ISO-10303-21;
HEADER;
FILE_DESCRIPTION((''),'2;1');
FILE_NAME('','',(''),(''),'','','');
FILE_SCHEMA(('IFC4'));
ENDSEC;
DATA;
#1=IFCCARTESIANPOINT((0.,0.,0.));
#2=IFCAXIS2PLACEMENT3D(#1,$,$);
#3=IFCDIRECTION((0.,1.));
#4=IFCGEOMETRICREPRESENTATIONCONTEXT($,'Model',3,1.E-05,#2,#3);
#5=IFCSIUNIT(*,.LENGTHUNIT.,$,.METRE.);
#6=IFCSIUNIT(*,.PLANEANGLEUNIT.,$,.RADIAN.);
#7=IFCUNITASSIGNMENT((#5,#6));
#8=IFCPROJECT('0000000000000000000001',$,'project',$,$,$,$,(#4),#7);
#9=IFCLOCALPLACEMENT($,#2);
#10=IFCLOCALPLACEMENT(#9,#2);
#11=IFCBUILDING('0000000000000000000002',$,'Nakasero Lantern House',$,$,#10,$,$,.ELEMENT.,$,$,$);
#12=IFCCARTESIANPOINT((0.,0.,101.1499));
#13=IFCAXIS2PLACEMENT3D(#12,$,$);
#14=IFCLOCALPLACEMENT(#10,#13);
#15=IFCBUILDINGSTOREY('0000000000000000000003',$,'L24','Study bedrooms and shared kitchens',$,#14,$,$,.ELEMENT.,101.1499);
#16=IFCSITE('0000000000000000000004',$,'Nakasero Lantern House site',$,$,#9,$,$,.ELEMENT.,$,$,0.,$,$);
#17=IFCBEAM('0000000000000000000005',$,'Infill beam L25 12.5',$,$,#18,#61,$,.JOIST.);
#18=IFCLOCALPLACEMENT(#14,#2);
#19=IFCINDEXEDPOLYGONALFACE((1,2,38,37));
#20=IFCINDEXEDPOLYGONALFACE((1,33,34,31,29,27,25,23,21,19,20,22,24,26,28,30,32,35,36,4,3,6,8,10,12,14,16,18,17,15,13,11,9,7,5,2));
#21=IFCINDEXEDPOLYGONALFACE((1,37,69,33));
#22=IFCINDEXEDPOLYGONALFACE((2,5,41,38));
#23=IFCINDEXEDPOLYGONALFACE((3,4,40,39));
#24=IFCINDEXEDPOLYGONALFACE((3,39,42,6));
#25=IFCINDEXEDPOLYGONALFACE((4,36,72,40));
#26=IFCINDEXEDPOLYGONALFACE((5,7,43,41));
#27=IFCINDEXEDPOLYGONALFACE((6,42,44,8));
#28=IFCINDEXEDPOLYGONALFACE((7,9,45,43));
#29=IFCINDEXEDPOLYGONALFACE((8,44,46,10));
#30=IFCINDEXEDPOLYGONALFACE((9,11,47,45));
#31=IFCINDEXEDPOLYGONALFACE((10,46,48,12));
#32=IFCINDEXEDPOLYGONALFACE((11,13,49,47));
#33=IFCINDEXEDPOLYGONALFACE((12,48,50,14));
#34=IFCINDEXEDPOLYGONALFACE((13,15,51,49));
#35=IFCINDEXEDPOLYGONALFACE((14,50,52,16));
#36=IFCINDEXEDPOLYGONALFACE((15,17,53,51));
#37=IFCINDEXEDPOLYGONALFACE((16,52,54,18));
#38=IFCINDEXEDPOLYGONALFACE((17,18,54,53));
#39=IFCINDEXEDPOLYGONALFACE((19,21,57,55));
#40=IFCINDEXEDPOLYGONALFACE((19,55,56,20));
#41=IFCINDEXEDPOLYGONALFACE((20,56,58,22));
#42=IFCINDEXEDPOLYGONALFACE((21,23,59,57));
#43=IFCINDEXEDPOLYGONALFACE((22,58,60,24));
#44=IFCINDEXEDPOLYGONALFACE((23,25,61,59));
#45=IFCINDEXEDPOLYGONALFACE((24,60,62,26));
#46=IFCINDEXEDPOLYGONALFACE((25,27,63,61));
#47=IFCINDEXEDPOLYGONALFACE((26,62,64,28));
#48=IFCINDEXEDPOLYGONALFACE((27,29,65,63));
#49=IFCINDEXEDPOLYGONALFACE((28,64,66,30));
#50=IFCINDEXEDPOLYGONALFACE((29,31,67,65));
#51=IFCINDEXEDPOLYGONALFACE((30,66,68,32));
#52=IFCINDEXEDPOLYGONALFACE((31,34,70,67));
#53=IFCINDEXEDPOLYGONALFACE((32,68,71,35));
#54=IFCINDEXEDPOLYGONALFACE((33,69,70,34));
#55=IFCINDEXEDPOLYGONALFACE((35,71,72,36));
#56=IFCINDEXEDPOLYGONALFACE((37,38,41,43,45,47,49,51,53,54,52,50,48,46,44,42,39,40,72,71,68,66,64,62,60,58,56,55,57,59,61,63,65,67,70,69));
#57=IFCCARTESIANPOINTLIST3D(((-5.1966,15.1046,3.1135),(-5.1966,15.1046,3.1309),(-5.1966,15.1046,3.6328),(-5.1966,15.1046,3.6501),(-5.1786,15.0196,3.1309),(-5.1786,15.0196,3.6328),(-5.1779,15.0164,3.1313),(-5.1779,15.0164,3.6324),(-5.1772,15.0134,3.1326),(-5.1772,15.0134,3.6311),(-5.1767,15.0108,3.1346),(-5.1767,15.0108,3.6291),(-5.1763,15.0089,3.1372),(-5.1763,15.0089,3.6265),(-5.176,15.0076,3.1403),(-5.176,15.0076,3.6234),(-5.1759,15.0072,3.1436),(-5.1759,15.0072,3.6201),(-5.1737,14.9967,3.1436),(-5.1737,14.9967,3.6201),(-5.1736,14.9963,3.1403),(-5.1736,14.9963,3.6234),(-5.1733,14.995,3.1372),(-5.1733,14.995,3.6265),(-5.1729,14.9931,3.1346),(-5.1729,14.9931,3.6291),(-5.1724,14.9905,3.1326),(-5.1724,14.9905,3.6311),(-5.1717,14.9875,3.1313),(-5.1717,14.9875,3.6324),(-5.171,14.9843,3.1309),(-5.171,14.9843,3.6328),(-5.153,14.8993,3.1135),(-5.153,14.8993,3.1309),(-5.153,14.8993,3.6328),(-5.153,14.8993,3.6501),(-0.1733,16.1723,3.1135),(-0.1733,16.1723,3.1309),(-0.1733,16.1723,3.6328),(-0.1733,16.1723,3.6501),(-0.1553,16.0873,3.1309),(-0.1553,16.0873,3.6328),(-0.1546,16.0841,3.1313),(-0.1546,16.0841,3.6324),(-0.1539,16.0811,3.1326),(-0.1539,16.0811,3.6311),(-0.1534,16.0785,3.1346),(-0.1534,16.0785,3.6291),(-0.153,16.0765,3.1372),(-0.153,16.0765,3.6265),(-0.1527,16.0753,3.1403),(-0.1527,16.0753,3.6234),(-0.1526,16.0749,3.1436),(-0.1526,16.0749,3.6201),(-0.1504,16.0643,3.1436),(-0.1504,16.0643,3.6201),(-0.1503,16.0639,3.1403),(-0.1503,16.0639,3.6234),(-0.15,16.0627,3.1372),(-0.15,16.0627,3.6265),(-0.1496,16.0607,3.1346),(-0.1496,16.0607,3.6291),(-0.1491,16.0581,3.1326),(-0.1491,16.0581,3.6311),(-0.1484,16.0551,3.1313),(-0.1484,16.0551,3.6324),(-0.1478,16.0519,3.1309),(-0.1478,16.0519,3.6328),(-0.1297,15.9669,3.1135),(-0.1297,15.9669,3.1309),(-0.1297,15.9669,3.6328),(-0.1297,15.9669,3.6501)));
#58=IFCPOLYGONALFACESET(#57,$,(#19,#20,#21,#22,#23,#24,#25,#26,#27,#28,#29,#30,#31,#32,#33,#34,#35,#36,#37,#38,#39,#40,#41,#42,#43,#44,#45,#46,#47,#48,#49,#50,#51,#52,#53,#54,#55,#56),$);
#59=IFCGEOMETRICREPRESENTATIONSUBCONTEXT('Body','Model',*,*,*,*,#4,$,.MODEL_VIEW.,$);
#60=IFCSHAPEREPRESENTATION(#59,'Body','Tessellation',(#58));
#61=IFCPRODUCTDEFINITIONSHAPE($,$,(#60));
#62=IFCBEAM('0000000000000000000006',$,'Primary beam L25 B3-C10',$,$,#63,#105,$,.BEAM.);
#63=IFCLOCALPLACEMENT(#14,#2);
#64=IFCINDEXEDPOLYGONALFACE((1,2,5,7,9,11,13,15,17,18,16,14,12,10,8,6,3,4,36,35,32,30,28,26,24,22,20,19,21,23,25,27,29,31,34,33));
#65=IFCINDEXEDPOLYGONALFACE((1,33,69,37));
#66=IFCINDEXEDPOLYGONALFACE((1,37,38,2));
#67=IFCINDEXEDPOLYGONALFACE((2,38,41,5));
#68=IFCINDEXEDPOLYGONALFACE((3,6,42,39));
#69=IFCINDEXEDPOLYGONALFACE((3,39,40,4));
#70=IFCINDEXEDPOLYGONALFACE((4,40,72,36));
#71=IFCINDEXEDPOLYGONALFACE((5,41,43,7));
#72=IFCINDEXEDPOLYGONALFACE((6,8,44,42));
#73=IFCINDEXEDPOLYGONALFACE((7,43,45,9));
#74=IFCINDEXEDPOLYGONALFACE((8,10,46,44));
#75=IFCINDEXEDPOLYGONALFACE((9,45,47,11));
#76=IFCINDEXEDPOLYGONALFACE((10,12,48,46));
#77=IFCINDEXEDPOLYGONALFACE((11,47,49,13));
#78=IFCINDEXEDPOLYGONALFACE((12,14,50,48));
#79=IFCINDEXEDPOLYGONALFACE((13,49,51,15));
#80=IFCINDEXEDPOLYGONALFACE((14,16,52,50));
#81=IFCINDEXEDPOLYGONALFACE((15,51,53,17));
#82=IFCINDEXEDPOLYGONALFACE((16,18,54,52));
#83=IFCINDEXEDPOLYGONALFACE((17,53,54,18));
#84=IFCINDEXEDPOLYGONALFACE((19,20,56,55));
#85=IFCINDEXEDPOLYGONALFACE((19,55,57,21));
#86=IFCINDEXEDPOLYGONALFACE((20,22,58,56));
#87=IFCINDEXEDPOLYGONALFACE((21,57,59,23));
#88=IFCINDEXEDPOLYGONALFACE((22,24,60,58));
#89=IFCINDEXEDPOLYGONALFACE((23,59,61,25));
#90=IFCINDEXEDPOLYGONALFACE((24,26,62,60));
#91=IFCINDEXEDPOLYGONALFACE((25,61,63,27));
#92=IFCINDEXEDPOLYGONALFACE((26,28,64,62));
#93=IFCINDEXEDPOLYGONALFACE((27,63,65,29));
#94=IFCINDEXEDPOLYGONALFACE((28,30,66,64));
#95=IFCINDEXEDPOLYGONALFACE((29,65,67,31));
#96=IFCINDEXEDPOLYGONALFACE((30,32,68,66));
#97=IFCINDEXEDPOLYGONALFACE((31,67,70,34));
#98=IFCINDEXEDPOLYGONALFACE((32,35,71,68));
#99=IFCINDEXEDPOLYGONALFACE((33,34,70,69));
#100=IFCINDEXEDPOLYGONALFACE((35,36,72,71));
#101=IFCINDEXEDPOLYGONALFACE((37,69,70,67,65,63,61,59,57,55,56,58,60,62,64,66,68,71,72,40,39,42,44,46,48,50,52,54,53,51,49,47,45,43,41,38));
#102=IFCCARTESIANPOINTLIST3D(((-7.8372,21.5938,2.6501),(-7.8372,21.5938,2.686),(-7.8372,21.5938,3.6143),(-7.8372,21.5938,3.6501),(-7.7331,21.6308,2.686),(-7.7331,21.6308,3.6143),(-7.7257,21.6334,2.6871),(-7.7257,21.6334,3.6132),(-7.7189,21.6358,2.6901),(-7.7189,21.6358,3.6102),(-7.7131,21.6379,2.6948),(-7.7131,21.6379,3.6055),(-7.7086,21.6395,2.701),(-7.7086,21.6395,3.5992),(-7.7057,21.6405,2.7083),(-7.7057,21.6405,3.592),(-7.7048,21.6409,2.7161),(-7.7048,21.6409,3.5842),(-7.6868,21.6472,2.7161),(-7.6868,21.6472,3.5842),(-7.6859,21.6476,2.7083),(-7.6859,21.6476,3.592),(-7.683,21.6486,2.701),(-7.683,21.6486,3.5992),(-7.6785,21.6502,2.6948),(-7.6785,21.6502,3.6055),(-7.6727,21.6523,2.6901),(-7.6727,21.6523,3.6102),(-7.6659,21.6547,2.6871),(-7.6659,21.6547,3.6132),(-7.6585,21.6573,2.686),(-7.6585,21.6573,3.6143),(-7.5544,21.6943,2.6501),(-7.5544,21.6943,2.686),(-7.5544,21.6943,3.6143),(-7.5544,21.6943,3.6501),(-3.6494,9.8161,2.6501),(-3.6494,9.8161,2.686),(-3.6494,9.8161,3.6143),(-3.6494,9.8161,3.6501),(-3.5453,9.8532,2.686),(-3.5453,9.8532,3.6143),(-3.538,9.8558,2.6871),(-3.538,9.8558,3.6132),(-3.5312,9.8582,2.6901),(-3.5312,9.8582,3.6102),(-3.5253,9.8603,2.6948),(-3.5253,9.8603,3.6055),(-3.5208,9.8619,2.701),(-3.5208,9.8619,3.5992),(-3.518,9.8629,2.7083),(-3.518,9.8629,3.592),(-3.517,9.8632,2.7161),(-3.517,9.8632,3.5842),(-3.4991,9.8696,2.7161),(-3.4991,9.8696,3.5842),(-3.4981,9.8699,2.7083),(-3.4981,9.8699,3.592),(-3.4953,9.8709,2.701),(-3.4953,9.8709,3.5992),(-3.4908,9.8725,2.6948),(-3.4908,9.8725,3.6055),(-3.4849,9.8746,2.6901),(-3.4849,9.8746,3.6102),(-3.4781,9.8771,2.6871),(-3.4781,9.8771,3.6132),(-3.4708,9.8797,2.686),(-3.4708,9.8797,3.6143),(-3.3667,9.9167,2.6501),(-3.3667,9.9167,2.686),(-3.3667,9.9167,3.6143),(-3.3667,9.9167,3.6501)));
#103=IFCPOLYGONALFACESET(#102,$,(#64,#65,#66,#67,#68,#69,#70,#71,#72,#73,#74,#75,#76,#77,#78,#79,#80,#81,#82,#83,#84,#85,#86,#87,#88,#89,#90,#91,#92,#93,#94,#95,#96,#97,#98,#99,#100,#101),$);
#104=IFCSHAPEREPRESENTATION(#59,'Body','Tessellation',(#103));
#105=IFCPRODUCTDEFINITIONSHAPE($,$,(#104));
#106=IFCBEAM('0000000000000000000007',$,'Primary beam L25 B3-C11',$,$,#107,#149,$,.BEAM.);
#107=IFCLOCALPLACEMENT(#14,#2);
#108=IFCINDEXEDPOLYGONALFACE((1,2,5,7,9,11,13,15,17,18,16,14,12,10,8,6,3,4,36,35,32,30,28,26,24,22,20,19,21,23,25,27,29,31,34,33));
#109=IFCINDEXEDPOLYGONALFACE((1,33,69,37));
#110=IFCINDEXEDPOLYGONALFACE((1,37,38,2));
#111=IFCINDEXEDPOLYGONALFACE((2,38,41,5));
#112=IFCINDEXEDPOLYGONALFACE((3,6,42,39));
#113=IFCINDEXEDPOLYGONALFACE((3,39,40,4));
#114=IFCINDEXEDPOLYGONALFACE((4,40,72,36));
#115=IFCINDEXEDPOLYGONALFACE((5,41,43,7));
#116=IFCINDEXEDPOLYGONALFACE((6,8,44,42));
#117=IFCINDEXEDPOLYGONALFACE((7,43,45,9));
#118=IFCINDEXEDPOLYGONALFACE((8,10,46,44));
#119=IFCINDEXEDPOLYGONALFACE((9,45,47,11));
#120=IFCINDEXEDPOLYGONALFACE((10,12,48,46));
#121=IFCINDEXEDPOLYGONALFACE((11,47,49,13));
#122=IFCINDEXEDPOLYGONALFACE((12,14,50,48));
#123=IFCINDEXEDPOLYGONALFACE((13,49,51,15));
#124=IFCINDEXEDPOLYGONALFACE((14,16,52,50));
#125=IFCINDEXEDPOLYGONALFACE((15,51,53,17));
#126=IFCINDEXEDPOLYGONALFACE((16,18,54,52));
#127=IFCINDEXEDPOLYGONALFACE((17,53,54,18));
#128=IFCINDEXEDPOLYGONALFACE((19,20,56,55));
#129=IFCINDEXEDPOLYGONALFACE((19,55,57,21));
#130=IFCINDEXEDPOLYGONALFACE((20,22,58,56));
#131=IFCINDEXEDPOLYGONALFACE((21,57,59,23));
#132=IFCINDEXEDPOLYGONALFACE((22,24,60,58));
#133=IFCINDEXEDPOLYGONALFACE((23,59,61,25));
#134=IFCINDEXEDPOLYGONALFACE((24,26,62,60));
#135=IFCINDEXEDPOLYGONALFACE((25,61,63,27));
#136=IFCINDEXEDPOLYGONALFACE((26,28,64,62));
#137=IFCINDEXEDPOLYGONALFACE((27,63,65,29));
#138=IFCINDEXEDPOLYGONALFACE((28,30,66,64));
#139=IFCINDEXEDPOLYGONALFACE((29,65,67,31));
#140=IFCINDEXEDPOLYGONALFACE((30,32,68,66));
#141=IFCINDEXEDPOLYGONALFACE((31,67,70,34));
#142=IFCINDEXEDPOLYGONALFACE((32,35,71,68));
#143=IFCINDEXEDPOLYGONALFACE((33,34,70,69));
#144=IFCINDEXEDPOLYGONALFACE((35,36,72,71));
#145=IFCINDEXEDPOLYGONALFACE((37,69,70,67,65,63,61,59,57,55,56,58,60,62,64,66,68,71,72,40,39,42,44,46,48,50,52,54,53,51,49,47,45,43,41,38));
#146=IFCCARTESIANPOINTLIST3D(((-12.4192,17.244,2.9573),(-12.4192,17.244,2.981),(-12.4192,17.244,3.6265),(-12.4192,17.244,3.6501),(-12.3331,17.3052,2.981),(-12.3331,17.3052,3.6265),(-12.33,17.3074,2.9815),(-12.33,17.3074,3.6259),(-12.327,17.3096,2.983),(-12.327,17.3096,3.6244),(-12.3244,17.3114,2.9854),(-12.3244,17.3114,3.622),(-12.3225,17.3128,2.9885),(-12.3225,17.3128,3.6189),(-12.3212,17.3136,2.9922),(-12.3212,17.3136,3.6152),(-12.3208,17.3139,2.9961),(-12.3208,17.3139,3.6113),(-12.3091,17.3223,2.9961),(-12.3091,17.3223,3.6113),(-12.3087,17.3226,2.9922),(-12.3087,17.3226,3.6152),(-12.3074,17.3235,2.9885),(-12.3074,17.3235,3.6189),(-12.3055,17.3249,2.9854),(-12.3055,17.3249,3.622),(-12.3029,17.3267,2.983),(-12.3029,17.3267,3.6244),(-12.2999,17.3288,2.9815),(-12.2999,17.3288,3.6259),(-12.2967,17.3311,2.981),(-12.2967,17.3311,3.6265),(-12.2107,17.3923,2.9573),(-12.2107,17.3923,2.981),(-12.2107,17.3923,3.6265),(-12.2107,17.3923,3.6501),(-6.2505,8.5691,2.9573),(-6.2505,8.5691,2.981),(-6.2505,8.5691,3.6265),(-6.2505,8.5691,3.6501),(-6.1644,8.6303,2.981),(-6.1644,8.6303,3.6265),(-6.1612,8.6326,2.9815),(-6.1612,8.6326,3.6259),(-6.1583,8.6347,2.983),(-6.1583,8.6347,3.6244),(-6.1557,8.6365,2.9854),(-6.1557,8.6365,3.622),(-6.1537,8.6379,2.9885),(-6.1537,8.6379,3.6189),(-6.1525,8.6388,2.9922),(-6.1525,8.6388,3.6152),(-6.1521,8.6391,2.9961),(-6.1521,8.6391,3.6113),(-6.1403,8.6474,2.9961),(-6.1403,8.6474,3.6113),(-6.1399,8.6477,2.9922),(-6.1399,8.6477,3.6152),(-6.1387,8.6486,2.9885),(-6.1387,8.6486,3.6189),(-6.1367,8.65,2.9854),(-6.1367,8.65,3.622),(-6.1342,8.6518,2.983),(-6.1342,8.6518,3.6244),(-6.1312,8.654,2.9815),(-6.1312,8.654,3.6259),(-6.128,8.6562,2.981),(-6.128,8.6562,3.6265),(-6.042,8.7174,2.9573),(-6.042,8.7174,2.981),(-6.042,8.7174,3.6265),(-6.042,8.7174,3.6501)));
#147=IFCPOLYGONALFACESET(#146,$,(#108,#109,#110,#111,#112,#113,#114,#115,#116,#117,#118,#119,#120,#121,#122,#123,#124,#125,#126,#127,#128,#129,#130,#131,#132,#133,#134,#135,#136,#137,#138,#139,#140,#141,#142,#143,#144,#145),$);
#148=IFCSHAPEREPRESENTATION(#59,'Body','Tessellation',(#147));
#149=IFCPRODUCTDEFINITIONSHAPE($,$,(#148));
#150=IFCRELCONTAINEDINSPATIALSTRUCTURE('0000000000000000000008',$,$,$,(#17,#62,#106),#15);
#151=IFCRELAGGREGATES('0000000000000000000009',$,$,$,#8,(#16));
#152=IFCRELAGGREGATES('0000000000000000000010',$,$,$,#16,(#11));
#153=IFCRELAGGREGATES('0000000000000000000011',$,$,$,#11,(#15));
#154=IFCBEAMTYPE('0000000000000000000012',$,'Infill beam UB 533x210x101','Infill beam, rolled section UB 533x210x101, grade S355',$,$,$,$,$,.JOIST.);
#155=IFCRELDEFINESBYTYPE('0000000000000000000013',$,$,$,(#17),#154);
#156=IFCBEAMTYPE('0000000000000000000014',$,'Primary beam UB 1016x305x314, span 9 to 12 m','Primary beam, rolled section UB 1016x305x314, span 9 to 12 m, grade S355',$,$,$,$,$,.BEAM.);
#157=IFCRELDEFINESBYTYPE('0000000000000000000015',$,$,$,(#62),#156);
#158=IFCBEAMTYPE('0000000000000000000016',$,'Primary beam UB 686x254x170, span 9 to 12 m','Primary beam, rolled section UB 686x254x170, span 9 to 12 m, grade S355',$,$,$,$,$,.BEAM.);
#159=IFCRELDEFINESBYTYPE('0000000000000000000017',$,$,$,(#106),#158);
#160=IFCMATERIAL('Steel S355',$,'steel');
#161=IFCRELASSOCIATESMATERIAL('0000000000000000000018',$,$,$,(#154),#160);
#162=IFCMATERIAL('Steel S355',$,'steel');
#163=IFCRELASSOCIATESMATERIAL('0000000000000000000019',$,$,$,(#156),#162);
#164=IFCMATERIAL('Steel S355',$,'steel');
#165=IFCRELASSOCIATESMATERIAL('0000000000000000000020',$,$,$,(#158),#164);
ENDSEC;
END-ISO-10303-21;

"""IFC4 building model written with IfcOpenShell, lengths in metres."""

from ifc_helpers import new_model, si_unit, direction, frame, origin, origin_2d, place, context, subcontext, project, spatial, i_section, extrude, material, material_profile, profile_set, type_object, element, save


model = new_model("IFC4")

# Units and contexts
model_context = context("Model", 3, precision=1e-05, world=origin(), true_north=direction((0.0, 1.0)))
body_context = subcontext(model_context, "Body", "Model", "MODEL_VIEW")
ifc_project = project(units=[si_unit("LENGTHUNIT", "METRE"), si_unit("PLANEANGLEUNIT", "RADIAN")], contexts=[model_context])

# Site, building, storey
site_placement = place(None, origin())
site = spatial("IfcSite", under=ifc_project, at=site_placement, Name="Nakasero Lantern House site", CompositionType="ELEMENT", RefElevation=0.0)
building_placement = place(site_placement, origin())
building = spatial("IfcBuilding", under=site, at=building_placement, Name="Nakasero Lantern House", CompositionType="ELEMENT")
storey_placement = place(building_placement, frame((0.0, 0.0, 101.1499)))
storey = spatial("IfcBuildingStorey", under=building, at=storey_placement, Name="L24", Description="Study bedrooms and shared kitchens", CompositionType="ELEMENT", Elevation=101.1499)

# Beams
ifc_material_1 = material(Name="Steel S355", Category="steel")
ifc_material_profile_1 = material_profile(ifc_material_1, i_section(OverallWidth=0.21, OverallDepth=0.5366, WebThickness=0.0107, FlangeThickness=0.0173, FilletRadius=0.0127, at=origin_2d()), Name="UB 533x210x101")
ifc_profile_set_1 = profile_set([ifc_material_profile_1], Name="Steel S355")
beam_type_1 = type_object("IfcBeamType", Name="Infill beam UB 533x210x101", Description="Infill beam, rolled section UB 533x210x101, grade S355", PredefinedType="JOIST", material=ifc_profile_set_1)
beam_1_placement = place(storey_placement, frame((-5.1748, 15.002, 3.3818), z_axis=(0.978151, 0.207896, 0.0), x_axis=(-0.207896, 0.978151, 0.0)))
element("IfcBeam", 1, at=beam_1_placement, inside=storey, type_object=beam_type_1, Name="Infill beam L25 12.5", PredefinedType="JOIST", context=body_context, shape_type="SweptSolid", body=[
    extrude(i_section(OverallWidth=0.21, OverallDepth=0.5366, WebThickness=0.0107, FlangeThickness=0.0173, FilletRadius=0.0127, at=origin_2d()), origin(), (0.0, 0.0, 1.0), 5.1355),
])
ifc_material_2 = material(Name="Steel S355", Category="steel")
ifc_material_profile_2 = material_profile(ifc_material_2, i_section(OverallWidth=0.3, OverallDepth=1.0, WebThickness=0.019, FlangeThickness=0.0359, FilletRadius=0.03, at=origin_2d()), Name="UB 1016x305x314")
ifc_profile_set_2 = profile_set([ifc_material_profile_2], Name="Steel S355")
beam_type_2 = type_object("IfcBeamType", Name="Primary beam UB 1016x305x314, span 9 to 12 m", Description="Primary beam, rolled section UB 1016x305x314, span 9 to 12 m, grade S355", PredefinedType="BEAM", material=ifc_profile_set_2)
beam_2_placement = place(storey_placement, frame((-7.6958, 21.644, 3.1501), z_axis=(0.335021, -0.942211, 0.0), x_axis=(0.942211, 0.335021, 0.0)))
element("IfcBeam", 2, at=beam_2_placement, inside=storey, type_object=beam_type_2, Name="Primary beam L25 B3-C10", PredefinedType="BEAM", context=body_context, shape_type="SweptSolid", body=[
    extrude(i_section(OverallWidth=0.3, OverallDepth=1.0, WebThickness=0.019, FlangeThickness=0.0359, FilletRadius=0.03, at=origin_2d()), origin(), (0.0, 0.0, 1.0), 12.5),
])
ifc_material_3 = material(Name="Steel S355", Category="steel")
ifc_material_profile_3 = material_profile(ifc_material_3, i_section(OverallWidth=0.2559, OverallDepth=0.6929, WebThickness=0.0144, FlangeThickness=0.0237, FilletRadius=0.0151, at=origin_2d()), Name="UB 686x254x170")
ifc_profile_set_3 = profile_set([ifc_material_profile_3], Name="Steel S355")
beam_type_3 = type_object("IfcBeamType", Name="Primary beam UB 686x254x170, span 9 to 12 m", Description="Primary beam, rolled section UB 686x254x170, span 9 to 12 m, grade S355", PredefinedType="BEAM", material=ifc_profile_set_3)
beam_3_placement = place(storey_placement, frame((-12.3149, 17.3181, 3.3037), z_axis=(0.579521, -0.814957, 0.0), x_axis=(0.814957, 0.579521, 0.0)))
element("IfcBeam", 3, at=beam_3_placement, inside=storey, type_object=beam_type_3, Name="Primary beam L25 B3-C11", PredefinedType="BEAM", context=body_context, shape_type="SweptSolid", body=[
    extrude(i_section(OverallWidth=0.2559, OverallDepth=0.6929, WebThickness=0.0144, FlangeThickness=0.0237, FilletRadius=0.0151, at=origin_2d()), origin(), (0.0, 0.0, 1.0), 10.6445),
])

save(model, "model.ifc")
